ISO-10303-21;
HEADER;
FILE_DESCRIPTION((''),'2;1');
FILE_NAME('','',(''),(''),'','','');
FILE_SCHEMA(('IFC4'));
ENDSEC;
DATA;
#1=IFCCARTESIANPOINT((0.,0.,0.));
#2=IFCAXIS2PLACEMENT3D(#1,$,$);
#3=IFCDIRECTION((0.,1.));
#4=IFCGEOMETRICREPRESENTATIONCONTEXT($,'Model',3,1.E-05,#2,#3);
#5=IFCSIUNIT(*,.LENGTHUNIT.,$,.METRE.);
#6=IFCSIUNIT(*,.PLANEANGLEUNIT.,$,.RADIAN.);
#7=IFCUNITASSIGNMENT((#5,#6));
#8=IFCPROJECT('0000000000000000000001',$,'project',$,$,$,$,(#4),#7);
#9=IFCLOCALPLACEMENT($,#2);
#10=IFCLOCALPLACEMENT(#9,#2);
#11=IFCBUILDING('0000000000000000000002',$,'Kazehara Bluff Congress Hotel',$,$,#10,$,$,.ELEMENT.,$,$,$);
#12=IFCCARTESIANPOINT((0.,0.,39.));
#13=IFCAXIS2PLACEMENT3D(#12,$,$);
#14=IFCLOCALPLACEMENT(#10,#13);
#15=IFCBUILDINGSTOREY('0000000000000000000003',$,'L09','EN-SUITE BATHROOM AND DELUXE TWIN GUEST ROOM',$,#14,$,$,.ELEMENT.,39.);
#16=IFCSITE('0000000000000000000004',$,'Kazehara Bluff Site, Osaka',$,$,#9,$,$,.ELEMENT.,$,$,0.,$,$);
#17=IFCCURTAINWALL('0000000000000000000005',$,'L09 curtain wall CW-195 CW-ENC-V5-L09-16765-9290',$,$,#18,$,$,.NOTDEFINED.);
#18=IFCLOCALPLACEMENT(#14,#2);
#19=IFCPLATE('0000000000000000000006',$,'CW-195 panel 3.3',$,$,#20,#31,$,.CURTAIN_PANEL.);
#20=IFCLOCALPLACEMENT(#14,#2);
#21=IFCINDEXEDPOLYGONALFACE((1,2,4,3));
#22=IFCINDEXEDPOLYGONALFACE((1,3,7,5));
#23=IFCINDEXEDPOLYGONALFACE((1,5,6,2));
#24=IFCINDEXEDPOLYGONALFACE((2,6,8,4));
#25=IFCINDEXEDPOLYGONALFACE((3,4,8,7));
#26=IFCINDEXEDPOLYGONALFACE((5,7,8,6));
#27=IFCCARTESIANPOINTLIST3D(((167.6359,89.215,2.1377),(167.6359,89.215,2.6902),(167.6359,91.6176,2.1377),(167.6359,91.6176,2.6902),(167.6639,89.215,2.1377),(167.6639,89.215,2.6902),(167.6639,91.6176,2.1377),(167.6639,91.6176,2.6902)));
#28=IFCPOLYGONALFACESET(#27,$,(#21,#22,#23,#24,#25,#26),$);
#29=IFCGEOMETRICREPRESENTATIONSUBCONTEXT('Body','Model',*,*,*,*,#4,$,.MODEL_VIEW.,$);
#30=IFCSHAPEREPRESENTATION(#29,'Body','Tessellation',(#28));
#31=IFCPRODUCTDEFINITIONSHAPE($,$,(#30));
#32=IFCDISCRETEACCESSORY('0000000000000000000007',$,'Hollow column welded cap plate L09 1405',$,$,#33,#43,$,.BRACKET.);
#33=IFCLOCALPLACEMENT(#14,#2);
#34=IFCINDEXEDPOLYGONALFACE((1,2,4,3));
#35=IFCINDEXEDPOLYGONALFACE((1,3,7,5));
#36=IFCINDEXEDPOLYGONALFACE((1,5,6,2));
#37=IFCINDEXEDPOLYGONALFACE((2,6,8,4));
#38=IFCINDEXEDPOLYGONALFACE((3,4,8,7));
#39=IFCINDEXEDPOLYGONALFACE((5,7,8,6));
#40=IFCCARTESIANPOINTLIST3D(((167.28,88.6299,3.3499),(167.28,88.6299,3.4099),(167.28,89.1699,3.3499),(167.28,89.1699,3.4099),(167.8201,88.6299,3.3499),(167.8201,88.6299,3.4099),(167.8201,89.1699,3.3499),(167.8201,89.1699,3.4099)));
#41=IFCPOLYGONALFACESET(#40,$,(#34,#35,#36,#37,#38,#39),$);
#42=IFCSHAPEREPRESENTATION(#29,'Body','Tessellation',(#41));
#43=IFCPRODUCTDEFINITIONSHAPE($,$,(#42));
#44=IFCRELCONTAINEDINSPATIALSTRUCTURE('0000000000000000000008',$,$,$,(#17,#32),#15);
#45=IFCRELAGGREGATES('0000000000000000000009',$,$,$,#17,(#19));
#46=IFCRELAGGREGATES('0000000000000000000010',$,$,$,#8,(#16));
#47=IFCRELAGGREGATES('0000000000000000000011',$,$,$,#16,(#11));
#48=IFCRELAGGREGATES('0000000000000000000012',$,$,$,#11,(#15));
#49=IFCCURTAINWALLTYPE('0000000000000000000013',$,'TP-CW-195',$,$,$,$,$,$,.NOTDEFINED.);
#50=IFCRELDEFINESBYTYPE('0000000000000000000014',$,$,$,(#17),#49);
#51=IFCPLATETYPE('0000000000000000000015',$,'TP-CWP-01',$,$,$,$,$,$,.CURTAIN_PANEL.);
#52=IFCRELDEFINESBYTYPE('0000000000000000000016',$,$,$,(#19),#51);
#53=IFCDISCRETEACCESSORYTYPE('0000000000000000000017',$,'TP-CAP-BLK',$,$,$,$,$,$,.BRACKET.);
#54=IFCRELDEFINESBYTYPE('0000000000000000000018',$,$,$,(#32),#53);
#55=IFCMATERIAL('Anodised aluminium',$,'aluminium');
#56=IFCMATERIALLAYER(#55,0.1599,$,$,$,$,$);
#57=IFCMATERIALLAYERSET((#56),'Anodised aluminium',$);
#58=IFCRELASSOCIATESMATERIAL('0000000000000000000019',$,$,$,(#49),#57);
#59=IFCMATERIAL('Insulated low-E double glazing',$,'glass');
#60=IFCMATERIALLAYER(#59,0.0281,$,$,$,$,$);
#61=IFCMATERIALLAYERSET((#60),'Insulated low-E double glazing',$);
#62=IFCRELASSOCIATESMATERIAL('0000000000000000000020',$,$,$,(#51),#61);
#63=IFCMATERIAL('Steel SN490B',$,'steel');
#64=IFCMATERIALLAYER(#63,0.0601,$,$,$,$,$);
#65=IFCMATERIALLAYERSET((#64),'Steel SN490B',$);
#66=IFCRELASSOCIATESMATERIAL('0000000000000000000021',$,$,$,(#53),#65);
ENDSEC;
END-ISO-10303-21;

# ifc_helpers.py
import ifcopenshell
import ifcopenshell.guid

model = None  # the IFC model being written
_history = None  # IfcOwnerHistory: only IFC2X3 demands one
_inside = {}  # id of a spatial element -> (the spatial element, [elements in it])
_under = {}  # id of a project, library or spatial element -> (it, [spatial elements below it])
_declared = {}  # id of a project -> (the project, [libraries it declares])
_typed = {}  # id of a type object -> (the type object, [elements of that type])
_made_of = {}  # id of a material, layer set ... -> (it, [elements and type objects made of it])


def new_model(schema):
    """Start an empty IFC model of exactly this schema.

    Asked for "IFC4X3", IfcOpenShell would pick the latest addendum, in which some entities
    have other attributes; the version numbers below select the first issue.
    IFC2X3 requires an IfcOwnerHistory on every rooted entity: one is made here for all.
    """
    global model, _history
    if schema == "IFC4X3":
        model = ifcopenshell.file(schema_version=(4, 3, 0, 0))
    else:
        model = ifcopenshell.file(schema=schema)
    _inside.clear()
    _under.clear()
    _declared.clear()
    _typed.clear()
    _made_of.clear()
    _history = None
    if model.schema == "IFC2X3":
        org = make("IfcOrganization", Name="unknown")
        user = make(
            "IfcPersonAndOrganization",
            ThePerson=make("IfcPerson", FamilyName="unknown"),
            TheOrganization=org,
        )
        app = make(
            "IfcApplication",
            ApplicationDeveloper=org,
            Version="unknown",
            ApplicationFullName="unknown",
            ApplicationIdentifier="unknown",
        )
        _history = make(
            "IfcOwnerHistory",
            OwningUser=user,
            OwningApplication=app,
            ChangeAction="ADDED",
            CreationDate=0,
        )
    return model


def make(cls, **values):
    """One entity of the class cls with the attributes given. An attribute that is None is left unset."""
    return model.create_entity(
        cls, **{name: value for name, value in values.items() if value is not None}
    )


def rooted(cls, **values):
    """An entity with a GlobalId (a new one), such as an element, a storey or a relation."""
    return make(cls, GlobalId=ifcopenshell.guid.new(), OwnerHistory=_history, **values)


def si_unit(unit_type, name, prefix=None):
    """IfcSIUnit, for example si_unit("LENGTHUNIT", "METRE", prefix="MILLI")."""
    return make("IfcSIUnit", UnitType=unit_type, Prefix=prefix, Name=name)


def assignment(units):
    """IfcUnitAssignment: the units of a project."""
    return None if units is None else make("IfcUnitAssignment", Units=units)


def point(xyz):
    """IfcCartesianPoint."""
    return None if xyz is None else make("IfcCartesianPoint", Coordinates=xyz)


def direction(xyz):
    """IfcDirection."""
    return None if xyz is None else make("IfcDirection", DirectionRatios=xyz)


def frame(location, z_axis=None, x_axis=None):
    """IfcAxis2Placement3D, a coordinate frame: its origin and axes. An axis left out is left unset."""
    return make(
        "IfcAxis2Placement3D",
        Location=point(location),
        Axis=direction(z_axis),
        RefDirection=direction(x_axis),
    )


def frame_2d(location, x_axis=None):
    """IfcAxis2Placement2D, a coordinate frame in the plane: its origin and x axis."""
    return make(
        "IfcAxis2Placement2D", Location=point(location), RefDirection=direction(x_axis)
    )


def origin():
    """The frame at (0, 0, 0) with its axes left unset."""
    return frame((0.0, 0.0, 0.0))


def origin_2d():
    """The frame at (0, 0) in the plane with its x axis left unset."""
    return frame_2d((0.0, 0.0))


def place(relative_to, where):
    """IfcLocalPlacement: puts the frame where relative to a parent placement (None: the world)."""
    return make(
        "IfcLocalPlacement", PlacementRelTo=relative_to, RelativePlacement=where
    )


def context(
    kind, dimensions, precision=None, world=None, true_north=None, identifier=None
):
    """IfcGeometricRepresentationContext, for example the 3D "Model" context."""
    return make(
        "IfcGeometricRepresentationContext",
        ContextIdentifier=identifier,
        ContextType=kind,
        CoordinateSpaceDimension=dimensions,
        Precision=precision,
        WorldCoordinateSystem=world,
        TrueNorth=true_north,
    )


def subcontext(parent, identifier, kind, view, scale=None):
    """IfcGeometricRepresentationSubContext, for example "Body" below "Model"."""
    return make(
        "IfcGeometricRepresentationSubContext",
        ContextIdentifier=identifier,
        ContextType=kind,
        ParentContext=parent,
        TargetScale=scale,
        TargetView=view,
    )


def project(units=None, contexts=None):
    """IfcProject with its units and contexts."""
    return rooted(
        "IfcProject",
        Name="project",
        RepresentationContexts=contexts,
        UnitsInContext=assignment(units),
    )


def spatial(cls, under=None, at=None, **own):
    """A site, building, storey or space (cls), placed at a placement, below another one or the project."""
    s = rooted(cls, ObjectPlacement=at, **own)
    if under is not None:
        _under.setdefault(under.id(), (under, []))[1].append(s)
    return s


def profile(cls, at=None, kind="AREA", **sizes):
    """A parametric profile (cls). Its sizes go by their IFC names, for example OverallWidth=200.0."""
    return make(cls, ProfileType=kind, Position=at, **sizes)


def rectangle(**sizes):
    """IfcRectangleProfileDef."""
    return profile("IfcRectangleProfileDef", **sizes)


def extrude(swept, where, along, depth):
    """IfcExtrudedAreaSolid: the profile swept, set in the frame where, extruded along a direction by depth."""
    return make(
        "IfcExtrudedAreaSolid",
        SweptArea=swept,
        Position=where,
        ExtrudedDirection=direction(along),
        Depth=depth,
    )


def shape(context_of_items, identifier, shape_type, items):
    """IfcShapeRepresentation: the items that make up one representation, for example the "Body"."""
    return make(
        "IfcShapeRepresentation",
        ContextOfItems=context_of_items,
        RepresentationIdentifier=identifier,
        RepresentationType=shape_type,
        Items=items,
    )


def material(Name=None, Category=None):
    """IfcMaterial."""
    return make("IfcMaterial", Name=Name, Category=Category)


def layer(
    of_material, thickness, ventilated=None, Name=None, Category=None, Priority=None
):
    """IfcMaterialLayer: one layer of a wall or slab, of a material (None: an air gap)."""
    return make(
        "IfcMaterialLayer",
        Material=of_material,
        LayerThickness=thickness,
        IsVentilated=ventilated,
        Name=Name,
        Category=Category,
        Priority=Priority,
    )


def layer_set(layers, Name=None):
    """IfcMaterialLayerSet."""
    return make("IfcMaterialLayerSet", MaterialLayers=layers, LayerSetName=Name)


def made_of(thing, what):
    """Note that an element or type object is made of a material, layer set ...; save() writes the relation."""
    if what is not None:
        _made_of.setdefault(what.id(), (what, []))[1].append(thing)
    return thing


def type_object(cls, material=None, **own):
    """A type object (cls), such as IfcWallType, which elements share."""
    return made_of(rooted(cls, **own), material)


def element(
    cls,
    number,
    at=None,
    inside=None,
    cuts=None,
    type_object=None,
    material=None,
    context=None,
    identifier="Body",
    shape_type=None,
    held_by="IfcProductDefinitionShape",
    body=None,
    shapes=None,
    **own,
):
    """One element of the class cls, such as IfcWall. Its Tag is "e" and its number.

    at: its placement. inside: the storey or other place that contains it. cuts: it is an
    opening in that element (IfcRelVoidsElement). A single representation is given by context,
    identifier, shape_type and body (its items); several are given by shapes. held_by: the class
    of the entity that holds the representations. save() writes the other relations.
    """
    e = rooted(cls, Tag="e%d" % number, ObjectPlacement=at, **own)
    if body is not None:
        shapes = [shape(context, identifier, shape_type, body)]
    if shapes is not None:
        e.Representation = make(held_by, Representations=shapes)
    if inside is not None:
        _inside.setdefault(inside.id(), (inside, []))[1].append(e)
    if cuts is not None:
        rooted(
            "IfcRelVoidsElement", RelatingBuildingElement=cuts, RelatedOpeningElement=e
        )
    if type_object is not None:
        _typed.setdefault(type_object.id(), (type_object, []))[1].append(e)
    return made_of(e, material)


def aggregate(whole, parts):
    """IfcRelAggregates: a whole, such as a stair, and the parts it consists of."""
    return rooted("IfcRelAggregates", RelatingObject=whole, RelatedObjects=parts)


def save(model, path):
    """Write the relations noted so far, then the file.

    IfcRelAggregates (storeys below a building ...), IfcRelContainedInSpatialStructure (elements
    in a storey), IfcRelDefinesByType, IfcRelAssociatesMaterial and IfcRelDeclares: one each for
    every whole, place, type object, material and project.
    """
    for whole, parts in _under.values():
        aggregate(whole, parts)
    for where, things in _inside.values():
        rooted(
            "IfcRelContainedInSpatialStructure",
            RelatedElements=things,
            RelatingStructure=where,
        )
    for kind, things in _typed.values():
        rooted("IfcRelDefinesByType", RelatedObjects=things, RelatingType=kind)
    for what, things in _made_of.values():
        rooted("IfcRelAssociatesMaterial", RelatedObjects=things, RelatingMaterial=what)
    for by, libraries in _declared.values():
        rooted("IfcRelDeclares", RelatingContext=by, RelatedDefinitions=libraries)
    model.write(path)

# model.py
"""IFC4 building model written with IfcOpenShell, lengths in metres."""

from ifc_helpers import new_model, si_unit, direction, frame, origin, origin_2d, place, context, subcontext, project, spatial, rectangle, extrude, material, layer, layer_set, type_object, element, aggregate, save


model = new_model("IFC4")

# Units and contexts
model_context = context("Model", 3, precision=1e-05, world=origin(), true_north=direction((0.0, 1.0)))
body_context = subcontext(model_context, "Body", "Model", "MODEL_VIEW")
ifc_project = project(units=[si_unit("LENGTHUNIT", "METRE"), si_unit("PLANEANGLEUNIT", "RADIAN")], contexts=[model_context])

# Site, building, storey
site_placement = place(None, origin())
site = spatial("IfcSite", under=ifc_project, at=site_placement, Name="Kazehara Bluff Site, Osaka", CompositionType="ELEMENT", RefElevation=0.0)
building_placement = place(site_placement, origin())
building = spatial("IfcBuilding", under=site, at=building_placement, Name="Kazehara Bluff Congress Hotel", CompositionType="ELEMENT")
storey_placement = place(building_placement, frame((0.0, 0.0, 39.0)))
storey = spatial("IfcBuildingStorey", under=building, at=storey_placement, Name="L09", Description="EN-SUITE BATHROOM AND DELUXE TWIN GUEST ROOM", CompositionType="ELEMENT", Elevation=39.0)

# Curtain wall
ifc_material_1 = material(Name="Anodised aluminium", Category="aluminium")
ifc_layer_1 = layer(ifc_material_1, 0.1599)
ifc_layer_set_1 = layer_set([ifc_layer_1], Name="Anodised aluminium")
curtain_wall_type_1 = type_object("IfcCurtainWallType", Name="TP-CW-195", PredefinedType="NOTDEFINED", material=ifc_layer_set_1)
curtain_wall_1_placement = place(storey_placement, origin())
curtain_wall_1 = element("IfcCurtainWall", 1, at=curtain_wall_1_placement, inside=storey, type_object=curtain_wall_type_1, Name="L09 curtain wall CW-195 CW-ENC-V5-L09-16765-9290", PredefinedType="NOTDEFINED")

# Plate
ifc_material_2 = material(Name="Insulated low-E double glazing", Category="glass")
ifc_layer_2 = layer(ifc_material_2, 0.0281)
ifc_layer_set_2 = layer_set([ifc_layer_2], Name="Insulated low-E double glazing")
plate_type = type_object("IfcPlateType", Name="TP-CWP-01", PredefinedType="CURTAIN_PANEL", material=ifc_layer_set_2)
plate_1_placement = place(storey_placement, frame((167.6499, 90.4163, 2.1377), z_axis=(0.0, 0.0, 1.0), x_axis=(0.0, -1.0, 0.0)))
plate_1 = element("IfcPlate", 2, at=plate_1_placement, type_object=plate_type, Name="CW-195 panel 3.3", PredefinedType="CURTAIN_PANEL", context=body_context, shape_type="SweptSolid", body=[
    extrude(rectangle(XDim=2.4026, YDim=0.0281, at=origin_2d()), origin(), (0.0, 0.0, 1.0), 0.5525),
])
aggregate(curtain_wall_1, [plate_1])

# Discrete accessory
ifc_material_3 = material(Name="Steel SN490B", Category="steel")
ifc_layer_3 = layer(ifc_material_3, 0.0601)
ifc_layer_set_3 = layer_set([ifc_layer_3], Name="Steel SN490B")
discrete_accessory_type = type_object("IfcDiscreteAccessoryType", Name="TP-CAP-BLK", PredefinedType="BRACKET", material=ifc_layer_set_3)
discrete_accessory_placement = place(storey_placement, frame((167.55, 88.8999, 3.3499), z_axis=(0.0, 0.0, 1.0), x_axis=(1.0, 0.0, 0.0)))
element("IfcDiscreteAccessory", 3, at=discrete_accessory_placement, inside=storey, type_object=discrete_accessory_type, Name="Hollow column welded cap plate L09 1405", PredefinedType="BRACKET", context=body_context, shape_type="SweptSolid", body=[
    extrude(rectangle(XDim=0.54, YDim=0.54, at=origin_2d()), origin(), (0.0, 0.0, 1.0), 0.0601),
])

save(model, "model.ifc")
